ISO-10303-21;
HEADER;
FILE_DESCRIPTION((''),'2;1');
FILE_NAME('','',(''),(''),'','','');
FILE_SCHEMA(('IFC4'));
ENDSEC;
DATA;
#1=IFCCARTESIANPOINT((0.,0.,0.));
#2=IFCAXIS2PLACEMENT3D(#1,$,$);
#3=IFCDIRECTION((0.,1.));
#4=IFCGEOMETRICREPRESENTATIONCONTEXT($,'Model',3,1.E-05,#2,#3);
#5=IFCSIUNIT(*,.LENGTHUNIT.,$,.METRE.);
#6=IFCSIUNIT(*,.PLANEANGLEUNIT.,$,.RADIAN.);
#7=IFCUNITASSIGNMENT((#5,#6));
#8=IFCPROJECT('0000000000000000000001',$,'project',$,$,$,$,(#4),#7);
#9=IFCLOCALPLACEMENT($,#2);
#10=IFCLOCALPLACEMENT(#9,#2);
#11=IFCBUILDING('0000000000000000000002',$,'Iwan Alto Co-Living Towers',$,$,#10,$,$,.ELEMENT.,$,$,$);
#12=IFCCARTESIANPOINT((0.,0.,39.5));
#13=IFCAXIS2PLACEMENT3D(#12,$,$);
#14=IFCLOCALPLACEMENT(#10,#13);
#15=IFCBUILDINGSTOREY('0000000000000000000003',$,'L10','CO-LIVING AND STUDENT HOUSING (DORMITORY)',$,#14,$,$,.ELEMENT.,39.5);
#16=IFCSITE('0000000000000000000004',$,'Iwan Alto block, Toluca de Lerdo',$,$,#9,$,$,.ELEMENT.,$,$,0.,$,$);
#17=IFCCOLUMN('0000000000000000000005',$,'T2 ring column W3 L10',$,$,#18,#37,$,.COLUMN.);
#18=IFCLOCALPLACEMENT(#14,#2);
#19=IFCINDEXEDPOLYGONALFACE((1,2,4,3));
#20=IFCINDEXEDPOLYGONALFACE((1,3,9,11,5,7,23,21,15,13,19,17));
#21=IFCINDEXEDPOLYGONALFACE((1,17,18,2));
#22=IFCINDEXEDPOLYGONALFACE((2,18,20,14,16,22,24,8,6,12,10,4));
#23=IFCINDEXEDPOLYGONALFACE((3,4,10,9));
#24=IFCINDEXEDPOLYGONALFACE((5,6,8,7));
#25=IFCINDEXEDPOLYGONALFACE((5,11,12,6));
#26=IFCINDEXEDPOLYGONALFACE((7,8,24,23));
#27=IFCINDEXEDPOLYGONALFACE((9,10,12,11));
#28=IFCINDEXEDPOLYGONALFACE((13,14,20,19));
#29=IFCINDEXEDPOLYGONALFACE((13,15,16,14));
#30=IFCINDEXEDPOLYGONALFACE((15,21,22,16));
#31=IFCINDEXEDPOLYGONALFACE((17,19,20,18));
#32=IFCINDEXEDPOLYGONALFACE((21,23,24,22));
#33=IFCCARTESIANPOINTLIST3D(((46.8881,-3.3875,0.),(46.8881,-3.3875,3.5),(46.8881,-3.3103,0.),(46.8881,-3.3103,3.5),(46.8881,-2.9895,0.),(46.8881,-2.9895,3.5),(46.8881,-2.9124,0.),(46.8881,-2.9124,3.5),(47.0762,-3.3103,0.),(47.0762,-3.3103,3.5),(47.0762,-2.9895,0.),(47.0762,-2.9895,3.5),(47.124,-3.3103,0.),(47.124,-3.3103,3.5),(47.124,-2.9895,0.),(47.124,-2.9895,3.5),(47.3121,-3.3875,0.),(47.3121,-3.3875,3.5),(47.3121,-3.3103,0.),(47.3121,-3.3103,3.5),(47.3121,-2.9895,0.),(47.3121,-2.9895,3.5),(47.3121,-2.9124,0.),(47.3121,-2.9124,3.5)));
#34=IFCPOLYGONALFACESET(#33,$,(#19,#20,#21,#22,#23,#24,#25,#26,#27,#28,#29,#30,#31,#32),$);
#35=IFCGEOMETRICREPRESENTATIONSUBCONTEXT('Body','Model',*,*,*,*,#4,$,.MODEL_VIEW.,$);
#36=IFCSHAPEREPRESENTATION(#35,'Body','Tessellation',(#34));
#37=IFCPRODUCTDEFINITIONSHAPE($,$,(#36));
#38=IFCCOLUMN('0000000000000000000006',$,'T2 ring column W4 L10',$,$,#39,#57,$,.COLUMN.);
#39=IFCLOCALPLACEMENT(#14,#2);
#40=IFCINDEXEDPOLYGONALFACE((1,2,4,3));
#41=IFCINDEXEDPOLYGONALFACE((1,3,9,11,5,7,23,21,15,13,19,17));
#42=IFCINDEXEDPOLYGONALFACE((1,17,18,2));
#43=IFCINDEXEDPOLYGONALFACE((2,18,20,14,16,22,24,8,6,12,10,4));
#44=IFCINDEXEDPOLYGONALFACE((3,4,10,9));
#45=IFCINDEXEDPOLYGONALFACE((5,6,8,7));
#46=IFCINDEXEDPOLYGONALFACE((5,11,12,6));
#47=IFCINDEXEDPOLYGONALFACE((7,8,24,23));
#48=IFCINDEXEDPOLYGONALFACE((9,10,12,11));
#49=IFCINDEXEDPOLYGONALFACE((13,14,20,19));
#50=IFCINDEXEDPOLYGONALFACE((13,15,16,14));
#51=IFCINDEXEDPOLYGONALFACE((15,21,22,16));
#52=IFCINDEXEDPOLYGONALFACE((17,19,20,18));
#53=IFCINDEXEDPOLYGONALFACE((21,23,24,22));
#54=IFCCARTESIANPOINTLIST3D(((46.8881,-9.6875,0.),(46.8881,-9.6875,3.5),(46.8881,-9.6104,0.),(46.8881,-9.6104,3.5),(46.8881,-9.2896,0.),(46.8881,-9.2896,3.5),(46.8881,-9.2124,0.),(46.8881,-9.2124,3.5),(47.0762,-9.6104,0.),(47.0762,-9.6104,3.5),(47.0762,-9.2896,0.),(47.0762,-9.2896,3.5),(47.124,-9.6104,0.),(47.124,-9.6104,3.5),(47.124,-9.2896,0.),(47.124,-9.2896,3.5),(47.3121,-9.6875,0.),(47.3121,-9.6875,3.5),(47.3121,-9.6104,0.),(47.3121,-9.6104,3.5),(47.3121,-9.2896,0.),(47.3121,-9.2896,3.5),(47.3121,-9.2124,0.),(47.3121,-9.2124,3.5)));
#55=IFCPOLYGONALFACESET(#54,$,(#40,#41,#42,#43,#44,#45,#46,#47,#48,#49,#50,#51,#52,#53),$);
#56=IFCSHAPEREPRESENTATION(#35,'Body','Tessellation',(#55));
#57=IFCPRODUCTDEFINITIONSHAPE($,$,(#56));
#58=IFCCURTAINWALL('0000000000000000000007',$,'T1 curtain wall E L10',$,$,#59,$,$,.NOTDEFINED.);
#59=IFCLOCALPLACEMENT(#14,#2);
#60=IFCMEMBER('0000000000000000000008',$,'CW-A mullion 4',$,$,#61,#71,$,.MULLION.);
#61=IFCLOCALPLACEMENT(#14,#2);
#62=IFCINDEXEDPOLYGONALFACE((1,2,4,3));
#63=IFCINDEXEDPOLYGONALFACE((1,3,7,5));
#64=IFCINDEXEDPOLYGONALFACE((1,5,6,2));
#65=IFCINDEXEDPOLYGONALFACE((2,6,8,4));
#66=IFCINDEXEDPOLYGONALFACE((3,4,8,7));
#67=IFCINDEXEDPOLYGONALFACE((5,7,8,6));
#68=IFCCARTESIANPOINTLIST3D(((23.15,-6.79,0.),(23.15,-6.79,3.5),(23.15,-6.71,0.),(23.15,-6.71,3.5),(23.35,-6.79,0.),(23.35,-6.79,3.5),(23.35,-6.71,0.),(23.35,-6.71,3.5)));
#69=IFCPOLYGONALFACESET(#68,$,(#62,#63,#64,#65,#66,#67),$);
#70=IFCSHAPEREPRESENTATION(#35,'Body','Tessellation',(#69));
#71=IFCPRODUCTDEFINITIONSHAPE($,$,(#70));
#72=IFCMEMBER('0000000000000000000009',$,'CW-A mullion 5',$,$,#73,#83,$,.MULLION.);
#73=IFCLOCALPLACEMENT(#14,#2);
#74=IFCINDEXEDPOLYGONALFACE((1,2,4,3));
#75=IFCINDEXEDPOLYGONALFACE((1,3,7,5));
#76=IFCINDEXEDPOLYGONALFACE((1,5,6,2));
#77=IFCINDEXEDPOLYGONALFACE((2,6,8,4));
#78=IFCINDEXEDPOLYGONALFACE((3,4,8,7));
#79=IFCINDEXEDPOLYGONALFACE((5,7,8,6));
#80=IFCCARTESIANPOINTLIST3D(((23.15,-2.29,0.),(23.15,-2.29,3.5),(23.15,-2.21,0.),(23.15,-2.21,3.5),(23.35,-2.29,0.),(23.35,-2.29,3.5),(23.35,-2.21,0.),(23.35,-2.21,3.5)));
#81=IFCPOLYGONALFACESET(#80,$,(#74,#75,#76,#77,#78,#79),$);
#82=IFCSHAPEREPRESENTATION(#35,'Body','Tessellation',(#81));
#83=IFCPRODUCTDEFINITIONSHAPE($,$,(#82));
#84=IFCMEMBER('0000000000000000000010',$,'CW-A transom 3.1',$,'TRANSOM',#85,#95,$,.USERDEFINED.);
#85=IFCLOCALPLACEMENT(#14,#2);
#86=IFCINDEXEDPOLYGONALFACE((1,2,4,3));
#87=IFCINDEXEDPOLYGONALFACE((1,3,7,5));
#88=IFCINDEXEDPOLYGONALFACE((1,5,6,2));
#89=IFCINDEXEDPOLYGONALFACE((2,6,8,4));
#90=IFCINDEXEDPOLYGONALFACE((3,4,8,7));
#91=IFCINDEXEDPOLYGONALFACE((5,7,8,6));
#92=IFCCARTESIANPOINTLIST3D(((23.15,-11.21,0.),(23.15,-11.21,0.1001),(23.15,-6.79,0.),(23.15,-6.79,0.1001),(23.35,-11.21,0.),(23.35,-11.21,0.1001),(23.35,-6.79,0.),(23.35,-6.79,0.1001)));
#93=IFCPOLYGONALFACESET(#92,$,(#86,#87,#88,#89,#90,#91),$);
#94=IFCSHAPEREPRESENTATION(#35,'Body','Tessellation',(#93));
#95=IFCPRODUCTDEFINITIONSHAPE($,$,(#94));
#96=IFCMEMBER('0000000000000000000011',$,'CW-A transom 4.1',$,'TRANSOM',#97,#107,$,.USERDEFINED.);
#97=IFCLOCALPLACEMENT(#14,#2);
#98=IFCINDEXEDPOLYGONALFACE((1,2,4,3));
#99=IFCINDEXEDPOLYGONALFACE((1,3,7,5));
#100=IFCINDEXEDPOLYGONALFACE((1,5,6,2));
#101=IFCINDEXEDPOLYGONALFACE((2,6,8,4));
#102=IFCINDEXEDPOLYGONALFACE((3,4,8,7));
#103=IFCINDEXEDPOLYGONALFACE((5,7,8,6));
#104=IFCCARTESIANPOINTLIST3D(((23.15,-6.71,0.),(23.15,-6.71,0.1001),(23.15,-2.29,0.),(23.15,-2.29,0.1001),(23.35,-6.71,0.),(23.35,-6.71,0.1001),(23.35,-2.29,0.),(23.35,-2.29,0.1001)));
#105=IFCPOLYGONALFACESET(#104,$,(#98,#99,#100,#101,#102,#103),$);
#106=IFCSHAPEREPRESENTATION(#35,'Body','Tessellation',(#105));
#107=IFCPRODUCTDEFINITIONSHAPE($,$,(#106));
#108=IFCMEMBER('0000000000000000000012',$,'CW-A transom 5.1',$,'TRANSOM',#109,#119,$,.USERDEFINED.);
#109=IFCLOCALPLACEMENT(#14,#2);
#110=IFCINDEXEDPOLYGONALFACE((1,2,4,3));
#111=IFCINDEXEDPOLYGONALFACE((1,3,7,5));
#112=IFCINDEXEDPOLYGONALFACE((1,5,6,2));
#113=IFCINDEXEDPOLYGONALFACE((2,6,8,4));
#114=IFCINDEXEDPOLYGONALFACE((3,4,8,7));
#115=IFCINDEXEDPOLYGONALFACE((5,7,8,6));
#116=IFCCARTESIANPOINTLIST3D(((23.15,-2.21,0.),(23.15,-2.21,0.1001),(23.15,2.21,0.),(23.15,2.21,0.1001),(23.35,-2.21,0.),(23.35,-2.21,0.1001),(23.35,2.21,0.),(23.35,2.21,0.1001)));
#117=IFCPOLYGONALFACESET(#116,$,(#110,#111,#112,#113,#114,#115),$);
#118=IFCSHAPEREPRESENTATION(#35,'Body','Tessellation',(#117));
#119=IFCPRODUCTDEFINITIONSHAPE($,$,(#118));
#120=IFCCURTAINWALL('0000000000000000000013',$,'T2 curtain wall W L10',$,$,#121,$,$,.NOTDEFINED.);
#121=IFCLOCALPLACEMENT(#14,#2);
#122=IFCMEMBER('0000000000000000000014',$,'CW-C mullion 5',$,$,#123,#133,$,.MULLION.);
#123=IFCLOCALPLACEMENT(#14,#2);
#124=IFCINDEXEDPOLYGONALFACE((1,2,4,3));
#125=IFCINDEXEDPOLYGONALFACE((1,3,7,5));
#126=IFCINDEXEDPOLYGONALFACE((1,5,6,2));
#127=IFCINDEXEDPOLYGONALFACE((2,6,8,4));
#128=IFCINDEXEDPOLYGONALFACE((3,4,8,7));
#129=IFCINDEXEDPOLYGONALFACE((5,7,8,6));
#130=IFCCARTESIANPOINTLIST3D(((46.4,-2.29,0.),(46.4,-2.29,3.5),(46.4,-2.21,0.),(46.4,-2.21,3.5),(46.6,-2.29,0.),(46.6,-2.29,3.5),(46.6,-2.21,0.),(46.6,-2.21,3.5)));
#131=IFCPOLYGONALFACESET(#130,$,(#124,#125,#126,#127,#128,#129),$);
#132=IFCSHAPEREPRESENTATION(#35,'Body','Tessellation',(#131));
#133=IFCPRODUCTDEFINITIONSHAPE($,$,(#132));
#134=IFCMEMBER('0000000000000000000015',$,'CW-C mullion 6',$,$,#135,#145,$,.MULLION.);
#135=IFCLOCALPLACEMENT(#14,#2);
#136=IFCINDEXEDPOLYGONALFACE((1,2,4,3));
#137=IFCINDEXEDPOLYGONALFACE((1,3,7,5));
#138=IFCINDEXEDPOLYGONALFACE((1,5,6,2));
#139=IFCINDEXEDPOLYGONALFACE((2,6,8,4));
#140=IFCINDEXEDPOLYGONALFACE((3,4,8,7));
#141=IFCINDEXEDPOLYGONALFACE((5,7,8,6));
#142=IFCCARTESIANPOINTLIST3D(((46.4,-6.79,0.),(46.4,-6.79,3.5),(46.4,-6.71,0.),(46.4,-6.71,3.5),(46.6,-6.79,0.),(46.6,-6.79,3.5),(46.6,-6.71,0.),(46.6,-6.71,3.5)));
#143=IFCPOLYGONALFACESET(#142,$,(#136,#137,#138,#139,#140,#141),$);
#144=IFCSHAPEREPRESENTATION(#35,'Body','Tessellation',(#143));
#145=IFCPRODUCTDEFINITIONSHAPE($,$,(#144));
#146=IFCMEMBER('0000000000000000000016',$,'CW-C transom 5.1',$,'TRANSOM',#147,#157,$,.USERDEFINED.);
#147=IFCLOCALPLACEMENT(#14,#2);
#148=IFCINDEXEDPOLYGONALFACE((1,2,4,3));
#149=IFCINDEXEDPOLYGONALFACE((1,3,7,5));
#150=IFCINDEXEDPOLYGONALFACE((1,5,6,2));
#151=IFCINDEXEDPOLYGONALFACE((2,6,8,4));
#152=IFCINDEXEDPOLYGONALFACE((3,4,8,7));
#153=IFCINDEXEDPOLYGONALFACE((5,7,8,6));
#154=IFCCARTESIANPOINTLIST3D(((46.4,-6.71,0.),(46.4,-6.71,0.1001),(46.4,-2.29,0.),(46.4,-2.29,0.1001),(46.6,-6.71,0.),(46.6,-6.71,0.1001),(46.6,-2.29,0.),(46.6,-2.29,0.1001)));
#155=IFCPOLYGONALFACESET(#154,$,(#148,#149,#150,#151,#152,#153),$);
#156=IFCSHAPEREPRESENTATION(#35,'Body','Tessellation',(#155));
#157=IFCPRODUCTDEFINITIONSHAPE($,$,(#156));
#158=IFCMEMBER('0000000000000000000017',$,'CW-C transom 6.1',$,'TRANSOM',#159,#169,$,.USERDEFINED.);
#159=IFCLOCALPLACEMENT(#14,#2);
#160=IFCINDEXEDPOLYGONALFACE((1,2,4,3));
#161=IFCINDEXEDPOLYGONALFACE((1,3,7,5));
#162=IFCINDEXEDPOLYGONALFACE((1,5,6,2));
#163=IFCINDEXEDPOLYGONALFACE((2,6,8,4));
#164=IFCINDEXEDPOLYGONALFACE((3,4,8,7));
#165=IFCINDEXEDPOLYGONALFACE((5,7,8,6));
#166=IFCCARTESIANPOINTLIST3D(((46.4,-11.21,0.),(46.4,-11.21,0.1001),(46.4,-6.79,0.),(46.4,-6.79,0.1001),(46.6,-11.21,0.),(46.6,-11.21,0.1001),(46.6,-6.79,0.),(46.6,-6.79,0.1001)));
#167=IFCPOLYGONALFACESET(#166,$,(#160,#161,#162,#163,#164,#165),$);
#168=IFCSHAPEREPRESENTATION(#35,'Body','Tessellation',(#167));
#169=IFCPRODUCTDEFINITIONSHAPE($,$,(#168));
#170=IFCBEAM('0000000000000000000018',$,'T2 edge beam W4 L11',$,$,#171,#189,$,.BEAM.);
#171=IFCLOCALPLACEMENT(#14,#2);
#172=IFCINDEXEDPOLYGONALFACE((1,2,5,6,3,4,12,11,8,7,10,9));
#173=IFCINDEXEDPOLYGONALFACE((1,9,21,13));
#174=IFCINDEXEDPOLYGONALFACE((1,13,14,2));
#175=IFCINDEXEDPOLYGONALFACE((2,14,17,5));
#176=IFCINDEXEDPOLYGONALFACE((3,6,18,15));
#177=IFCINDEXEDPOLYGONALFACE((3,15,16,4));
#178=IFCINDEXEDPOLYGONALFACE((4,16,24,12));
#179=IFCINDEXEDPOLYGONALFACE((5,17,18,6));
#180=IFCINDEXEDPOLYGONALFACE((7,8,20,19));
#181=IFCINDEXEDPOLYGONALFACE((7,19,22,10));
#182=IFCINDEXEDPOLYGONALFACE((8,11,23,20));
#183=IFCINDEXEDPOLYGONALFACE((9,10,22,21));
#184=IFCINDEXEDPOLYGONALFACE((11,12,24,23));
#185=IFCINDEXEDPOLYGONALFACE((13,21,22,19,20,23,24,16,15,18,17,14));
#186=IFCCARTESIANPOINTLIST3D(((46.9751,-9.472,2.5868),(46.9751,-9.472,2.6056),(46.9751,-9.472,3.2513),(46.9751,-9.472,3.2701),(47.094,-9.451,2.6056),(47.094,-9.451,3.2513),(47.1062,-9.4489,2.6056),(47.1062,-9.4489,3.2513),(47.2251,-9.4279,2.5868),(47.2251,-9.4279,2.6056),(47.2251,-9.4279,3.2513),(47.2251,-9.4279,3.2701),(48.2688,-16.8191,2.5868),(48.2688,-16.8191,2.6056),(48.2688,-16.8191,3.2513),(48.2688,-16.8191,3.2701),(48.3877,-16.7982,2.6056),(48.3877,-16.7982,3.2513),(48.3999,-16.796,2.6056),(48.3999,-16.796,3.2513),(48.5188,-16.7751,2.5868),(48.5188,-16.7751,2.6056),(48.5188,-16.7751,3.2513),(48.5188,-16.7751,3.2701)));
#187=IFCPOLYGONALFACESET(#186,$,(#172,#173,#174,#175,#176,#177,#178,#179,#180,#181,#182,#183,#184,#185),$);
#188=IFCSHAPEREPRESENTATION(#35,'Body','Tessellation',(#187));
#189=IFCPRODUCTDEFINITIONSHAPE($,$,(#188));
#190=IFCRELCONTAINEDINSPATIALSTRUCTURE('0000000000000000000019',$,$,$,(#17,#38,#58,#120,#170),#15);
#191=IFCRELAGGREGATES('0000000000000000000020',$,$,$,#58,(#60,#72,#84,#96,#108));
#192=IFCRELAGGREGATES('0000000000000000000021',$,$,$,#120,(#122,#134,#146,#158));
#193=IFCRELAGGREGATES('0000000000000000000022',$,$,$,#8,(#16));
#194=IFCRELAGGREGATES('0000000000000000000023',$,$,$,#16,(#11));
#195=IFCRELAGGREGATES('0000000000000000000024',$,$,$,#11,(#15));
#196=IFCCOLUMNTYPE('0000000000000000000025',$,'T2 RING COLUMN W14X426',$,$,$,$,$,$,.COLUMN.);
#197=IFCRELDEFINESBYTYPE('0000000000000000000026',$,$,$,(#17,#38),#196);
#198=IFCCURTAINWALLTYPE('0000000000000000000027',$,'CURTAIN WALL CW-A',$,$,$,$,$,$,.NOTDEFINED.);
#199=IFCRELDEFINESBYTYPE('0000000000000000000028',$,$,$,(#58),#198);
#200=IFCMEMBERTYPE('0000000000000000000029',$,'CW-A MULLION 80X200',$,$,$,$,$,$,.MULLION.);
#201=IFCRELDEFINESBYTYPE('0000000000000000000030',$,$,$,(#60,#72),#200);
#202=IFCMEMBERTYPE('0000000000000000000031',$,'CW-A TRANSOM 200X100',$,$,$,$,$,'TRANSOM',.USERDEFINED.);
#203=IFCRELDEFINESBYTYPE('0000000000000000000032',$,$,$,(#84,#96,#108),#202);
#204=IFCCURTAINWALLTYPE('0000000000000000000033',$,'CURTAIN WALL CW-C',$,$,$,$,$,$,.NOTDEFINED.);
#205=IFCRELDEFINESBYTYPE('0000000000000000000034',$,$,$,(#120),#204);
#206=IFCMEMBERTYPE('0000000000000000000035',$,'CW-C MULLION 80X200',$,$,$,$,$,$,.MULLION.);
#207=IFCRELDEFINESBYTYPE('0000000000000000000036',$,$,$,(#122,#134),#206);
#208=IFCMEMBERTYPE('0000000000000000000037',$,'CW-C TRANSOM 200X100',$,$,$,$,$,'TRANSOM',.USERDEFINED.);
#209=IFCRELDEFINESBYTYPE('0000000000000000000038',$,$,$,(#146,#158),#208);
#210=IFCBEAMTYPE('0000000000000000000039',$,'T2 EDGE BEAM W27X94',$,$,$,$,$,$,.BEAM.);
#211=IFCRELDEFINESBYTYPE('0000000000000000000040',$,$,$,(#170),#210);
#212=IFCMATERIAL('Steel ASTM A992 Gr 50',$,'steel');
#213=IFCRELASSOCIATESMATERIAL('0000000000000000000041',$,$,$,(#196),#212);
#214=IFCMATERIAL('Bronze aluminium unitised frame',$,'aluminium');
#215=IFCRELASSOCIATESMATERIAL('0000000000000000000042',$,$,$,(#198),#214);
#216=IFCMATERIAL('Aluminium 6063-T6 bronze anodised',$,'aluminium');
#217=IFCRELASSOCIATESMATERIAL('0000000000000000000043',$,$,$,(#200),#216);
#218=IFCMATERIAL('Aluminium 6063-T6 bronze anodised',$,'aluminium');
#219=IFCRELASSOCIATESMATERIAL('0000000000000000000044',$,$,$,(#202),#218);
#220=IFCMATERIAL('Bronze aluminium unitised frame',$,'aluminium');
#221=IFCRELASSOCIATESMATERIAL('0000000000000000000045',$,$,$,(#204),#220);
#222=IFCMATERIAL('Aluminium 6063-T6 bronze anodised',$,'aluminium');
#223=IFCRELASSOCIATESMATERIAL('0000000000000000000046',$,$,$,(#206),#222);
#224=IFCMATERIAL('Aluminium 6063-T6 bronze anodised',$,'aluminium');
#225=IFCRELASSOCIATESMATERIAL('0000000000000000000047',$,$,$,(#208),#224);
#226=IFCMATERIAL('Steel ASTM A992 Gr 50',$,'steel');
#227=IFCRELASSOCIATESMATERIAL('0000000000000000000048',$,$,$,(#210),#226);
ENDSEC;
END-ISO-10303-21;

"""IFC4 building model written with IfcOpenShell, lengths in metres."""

from ifc_helpers import new_model, si_unit, direction, frame, origin, origin_2d, place, context, subcontext, project, spatial, rectangle, i_section, extrude, material, material_profile, profile_set, type_object, element, aggregate, save


model = new_model("IFC4")

# Units and contexts
model_context = context("Model", 3, precision=1e-05, world=origin(), true_north=direction((0.0, 1.0)))
body_context = subcontext(model_context, "Body", "Model", "MODEL_VIEW")
ifc_project = project(units=[si_unit("LENGTHUNIT", "METRE"), si_unit("PLANEANGLEUNIT", "RADIAN")], contexts=[model_context])

# Site, building, storey
site_placement = place(None, origin())
site = spatial("IfcSite", under=ifc_project, at=site_placement, Name="Iwan Alto block, Toluca de Lerdo", CompositionType="ELEMENT", RefElevation=0.0)
building_placement = place(site_placement, origin())
building = spatial("IfcBuilding", under=site, at=building_placement, Name="Iwan Alto Co-Living Towers", CompositionType="ELEMENT")
storey_placement = place(building_placement, frame((0.0, 0.0, 39.5)))
storey = spatial("IfcBuildingStorey", under=building, at=storey_placement, Name="L10", Description="CO-LIVING AND STUDENT HOUSING (DORMITORY)", CompositionType="ELEMENT", Elevation=39.5)

# Columns
ifc_material_1 = material(Name="Steel ASTM A992 Gr 50", Category="steel")
ifc_material_profile_1 = material_profile(ifc_material_1, i_section(OverallWidth=0.4241, OverallDepth=0.4751, WebThickness=0.0479, FlangeThickness=0.0771, at=origin_2d()), Name="W14X426")
ifc_profile_set_1 = profile_set([ifc_material_profile_1], Name="Steel ASTM A992 Gr 50")
column_type = type_object("IfcColumnType", Name="T2 RING COLUMN W14X426", PredefinedType="COLUMN", material=ifc_profile_set_1)
for number, where, z_axis, x_axis, name in (
    (1, (47.1001, -3.1499, 0.0), (0.0, 0.0, 1.0), (1.0, 0.0, 0.0), "T2 ring column W3 L10"),
    (2, (47.1001, -9.45, 0.0), (0.0, 0.0, 1.0), (1.0, 0.0, 0.0), "T2 ring column W4 L10"),
):
    element("IfcColumn", number, at=place(storey_placement, frame(where, z_axis=z_axis, x_axis=x_axis)), inside=storey, type_object=column_type, Name=name, PredefinedType="COLUMN", context=body_context, shape_type="SweptSolid", body=[
        extrude(i_section(OverallWidth=0.4241, OverallDepth=0.4751, WebThickness=0.0479, FlangeThickness=0.0771, at=origin_2d()), origin(), (0.0, 0.0, 1.0), 3.5),
    ])

# Curtain walls, members
ifc_material_2 = material(Name="Bronze aluminium unitised frame", Category="aluminium")
curtain_wall_type_1 = type_object("IfcCurtainWallType", Name="CURTAIN WALL CW-A", PredefinedType="NOTDEFINED", material=ifc_material_2)
curtain_wall_1_placement = place(storey_placement, origin())
curtain_wall_1 = element("IfcCurtainWall", 3, at=curtain_wall_1_placement, inside=storey, type_object=curtain_wall_type_1, Name="T1 curtain wall E L10", PredefinedType="NOTDEFINED")
ifc_material_3 = material(Name="Aluminium 6063-T6 bronze anodised", Category="aluminium")
ifc_material_profile_2 = material_profile(ifc_material_3, rectangle(XDim=0.2, YDim=0.0801, at=origin_2d()), Name="AL 80X200")
ifc_profile_set_2 = profile_set([ifc_material_profile_2], Name="Aluminium 6063-T6 bronze anodised")
member_type_1 = type_object("IfcMemberType", Name="CW-A MULLION 80X200", PredefinedType="MULLION", material=ifc_profile_set_2)
member_1_placement = place(storey_placement, frame((23.25, -6.75, 0.0), z_axis=(0.0, 0.0, 1.0), x_axis=(-1.0, 0.0, 0.0)))
member_1 = element("IfcMember", 4, at=member_1_placement, type_object=member_type_1, Name="CW-A mullion 4", PredefinedType="MULLION", context=body_context, shape_type="SweptSolid", body=[
    extrude(rectangle(XDim=0.2, YDim=0.0801, at=origin_2d()), origin(), (0.0, 0.0, 1.0), 3.5),
])
member_2_placement = place(storey_placement, frame((23.25, -2.25, 0.0), z_axis=(0.0, 0.0, 1.0), x_axis=(-1.0, 0.0, 0.0)))
member_2 = element("IfcMember", 5, at=member_2_placement, type_object=member_type_1, Name="CW-A mullion 5", PredefinedType="MULLION", context=body_context, shape_type="SweptSolid", body=[
    extrude(rectangle(XDim=0.2, YDim=0.0801, at=origin_2d()), origin(), (0.0, 0.0, 1.0), 3.5),
])
ifc_material_4 = material(Name="Aluminium 6063-T6 bronze anodised", Category="aluminium")
ifc_material_profile_3 = material_profile(ifc_material_4, rectangle(XDim=0.2, YDim=0.1001, at=origin_2d()), Name="AL 200X100")
ifc_profile_set_3 = profile_set([ifc_material_profile_3], Name="Aluminium 6063-T6 bronze anodised")
member_type_2 = type_object("IfcMemberType", Name="CW-A TRANSOM 200X100", ElementType="TRANSOM", PredefinedType="USERDEFINED", material=ifc_profile_set_3)
member_3_placement = place(storey_placement, frame((23.25, -11.21, 0.05), z_axis=(0.0, 1.0, 0.0), x_axis=(-1.0, 0.0, 0.0)))
member_3 = element("IfcMember", 6, at=member_3_placement, type_object=member_type_2, Name="CW-A transom 3.1", ObjectType="TRANSOM", PredefinedType="USERDEFINED", context=body_context, shape_type="SweptSolid", body=[
    extrude(rectangle(XDim=0.2, YDim=0.1001, at=origin_2d()), origin(), (0.0, 0.0, 1.0), 4.4199),
])
member_4_placement = place(storey_placement, frame((23.25, -6.71, 0.05), z_axis=(0.0, 1.0, 0.0), x_axis=(-1.0, 0.0, 0.0)))
member_4 = element("IfcMember", 7, at=member_4_placement, type_object=member_type_2, Name="CW-A transom 4.1", ObjectType="TRANSOM", PredefinedType="USERDEFINED", context=body_context, shape_type="SweptSolid", body=[
    extrude(rectangle(XDim=0.2, YDim=0.1001, at=origin_2d()), origin(), (0.0, 0.0, 1.0), 4.4199),
])
member_5_placement = place(storey_placement, frame((23.25, -2.21, 0.05), z_axis=(0.0, 1.0, 0.0), x_axis=(-1.0, 0.0, 0.0)))
member_5 = element("IfcMember", 8, at=member_5_placement, type_object=member_type_2, Name="CW-A transom 5.1", ObjectType="TRANSOM", PredefinedType="USERDEFINED", context=body_context, shape_type="SweptSolid", body=[
    extrude(rectangle(XDim=0.2, YDim=0.1001, at=origin_2d()), origin(), (0.0, 0.0, 1.0), 4.4199),
])
ifc_material_5 = material(Name="Bronze aluminium unitised frame", Category="aluminium")
curtain_wall_type_2 = type_object("IfcCurtainWallType", Name="CURTAIN WALL CW-C", PredefinedType="NOTDEFINED", material=ifc_material_5)
curtain_wall_2_placement = place(storey_placement, origin())
curtain_wall_2 = element("IfcCurtainWall", 9, at=curtain_wall_2_placement, inside=storey, type_object=curtain_wall_type_2, Name="T2 curtain wall W L10", PredefinedType="NOTDEFINED")
ifc_material_6 = material(Name="Aluminium 6063-T6 bronze anodised", Category="aluminium")
ifc_material_profile_4 = material_profile(ifc_material_6, rectangle(XDim=0.2, YDim=0.0801, at=origin_2d()), Name="AL 80X200")
ifc_profile_set_4 = profile_set([ifc_material_profile_4], Name="Aluminium 6063-T6 bronze anodised")
member_type_3 = type_object("IfcMemberType", Name="CW-C MULLION 80X200", PredefinedType="MULLION", material=ifc_profile_set_4)
member_6_placement = place(storey_placement, frame((46.5, -2.25, 0.0), z_axis=(0.0, 0.0, 1.0), x_axis=(1.0, 0.0, 0.0)))
member_6 = element("IfcMember", 10, at=member_6_placement, type_object=member_type_3, Name="CW-C mullion 5", PredefinedType="MULLION", context=body_context, shape_type="SweptSolid", body=[
    extrude(rectangle(XDim=0.2, YDim=0.0801, at=origin_2d()), origin(), (0.0, 0.0, 1.0), 3.5),
])
member_7_placement = place(storey_placement, frame((46.5, -6.75, 0.0), z_axis=(0.0, 0.0, 1.0), x_axis=(1.0, 0.0, 0.0)))
member_7 = element("IfcMember", 11, at=member_7_placement, type_object=member_type_3, Name="CW-C mullion 6", PredefinedType="MULLION", context=body_context, shape_type="SweptSolid", body=[
    extrude(rectangle(XDim=0.2, YDim=0.0801, at=origin_2d()), origin(), (0.0, 0.0, 1.0), 3.5),
])
ifc_material_7 = material(Name="Aluminium 6063-T6 bronze anodised", Category="aluminium")
ifc_material_profile_5 = material_profile(ifc_material_7, rectangle(XDim=0.2, YDim=0.1001, at=origin_2d()), Name="AL 200X100")
ifc_profile_set_5 = profile_set([ifc_material_profile_5], Name="Aluminium 6063-T6 bronze anodised")
member_type_4 = type_object("IfcMemberType", Name="CW-C TRANSOM 200X100", ElementType="TRANSOM", PredefinedType="USERDEFINED", material=ifc_profile_set_5)
member_8_placement = place(storey_placement, frame((46.5, -2.29, 0.05), z_axis=(0.0, -1.0, 0.0), x_axis=(1.0, 0.0, 0.0)))
member_8 = element("IfcMember", 12, at=member_8_placement, type_object=member_type_4, Name="CW-C transom 5.1", ObjectType="TRANSOM", PredefinedType="USERDEFINED", context=body_context, shape_type="SweptSolid", body=[
    extrude(rectangle(XDim=0.2, YDim=0.1001, at=origin_2d()), origin(), (0.0, 0.0, 1.0), 4.4199),
])
member_9_placement = place(storey_placement, frame((46.5, -6.79, 0.05), z_axis=(0.0, -1.0, 0.0), x_axis=(1.0, 0.0, 0.0)))
member_9 = element("IfcMember", 13, at=member_9_placement, type_object=member_type_4, Name="CW-C transom 6.1", ObjectType="TRANSOM", PredefinedType="USERDEFINED", context=body_context, shape_type="SweptSolid", body=[
    extrude(rectangle(XDim=0.2, YDim=0.1001, at=origin_2d()), origin(), (0.0, 0.0, 1.0), 4.4199),
])

# Beam
ifc_material_8 = material(Name="Steel ASTM A992 Gr 50", Category="steel")
ifc_material_profile_6 = material_profile(ifc_material_8, i_section(OverallWidth=0.2539, OverallDepth=0.6833, WebThickness=0.0125, FlangeThickness=0.0188, at=origin_2d()), Name="W27X94")
ifc_profile_set_6 = profile_set([ifc_material_profile_6], Name="Steel ASTM A992 Gr 50")
beam_type_1 = type_object("IfcBeamType", Name="T2 EDGE BEAM W27X94", PredefinedType="BEAM", material=ifc_profile_set_6)
beam_1_placement = place(storey_placement, frame((47.1001, -9.45, 2.9285), z_axis=(0.173414, -0.984849, 0.0), x_axis=(0.984849, 0.173414, 0.0)))
element("IfcBeam", 14, at=beam_1_placement, inside=storey, type_object=beam_type_1, Name="T2 edge beam W4 L11", PredefinedType="BEAM", context=body_context, shape_type="SweptSolid", body=[
    extrude(i_section(OverallWidth=0.2539, OverallDepth=0.6833, WebThickness=0.0125, FlangeThickness=0.0188, at=origin_2d()), origin(), (0.0, 0.0, 1.0), 7.4602),
])

aggregate(curtain_wall_1, [member_1, member_2, member_3, member_4, member_5])
aggregate(curtain_wall_2, [member_6, member_7, member_8, member_9])

save(model, "model.ifc")
